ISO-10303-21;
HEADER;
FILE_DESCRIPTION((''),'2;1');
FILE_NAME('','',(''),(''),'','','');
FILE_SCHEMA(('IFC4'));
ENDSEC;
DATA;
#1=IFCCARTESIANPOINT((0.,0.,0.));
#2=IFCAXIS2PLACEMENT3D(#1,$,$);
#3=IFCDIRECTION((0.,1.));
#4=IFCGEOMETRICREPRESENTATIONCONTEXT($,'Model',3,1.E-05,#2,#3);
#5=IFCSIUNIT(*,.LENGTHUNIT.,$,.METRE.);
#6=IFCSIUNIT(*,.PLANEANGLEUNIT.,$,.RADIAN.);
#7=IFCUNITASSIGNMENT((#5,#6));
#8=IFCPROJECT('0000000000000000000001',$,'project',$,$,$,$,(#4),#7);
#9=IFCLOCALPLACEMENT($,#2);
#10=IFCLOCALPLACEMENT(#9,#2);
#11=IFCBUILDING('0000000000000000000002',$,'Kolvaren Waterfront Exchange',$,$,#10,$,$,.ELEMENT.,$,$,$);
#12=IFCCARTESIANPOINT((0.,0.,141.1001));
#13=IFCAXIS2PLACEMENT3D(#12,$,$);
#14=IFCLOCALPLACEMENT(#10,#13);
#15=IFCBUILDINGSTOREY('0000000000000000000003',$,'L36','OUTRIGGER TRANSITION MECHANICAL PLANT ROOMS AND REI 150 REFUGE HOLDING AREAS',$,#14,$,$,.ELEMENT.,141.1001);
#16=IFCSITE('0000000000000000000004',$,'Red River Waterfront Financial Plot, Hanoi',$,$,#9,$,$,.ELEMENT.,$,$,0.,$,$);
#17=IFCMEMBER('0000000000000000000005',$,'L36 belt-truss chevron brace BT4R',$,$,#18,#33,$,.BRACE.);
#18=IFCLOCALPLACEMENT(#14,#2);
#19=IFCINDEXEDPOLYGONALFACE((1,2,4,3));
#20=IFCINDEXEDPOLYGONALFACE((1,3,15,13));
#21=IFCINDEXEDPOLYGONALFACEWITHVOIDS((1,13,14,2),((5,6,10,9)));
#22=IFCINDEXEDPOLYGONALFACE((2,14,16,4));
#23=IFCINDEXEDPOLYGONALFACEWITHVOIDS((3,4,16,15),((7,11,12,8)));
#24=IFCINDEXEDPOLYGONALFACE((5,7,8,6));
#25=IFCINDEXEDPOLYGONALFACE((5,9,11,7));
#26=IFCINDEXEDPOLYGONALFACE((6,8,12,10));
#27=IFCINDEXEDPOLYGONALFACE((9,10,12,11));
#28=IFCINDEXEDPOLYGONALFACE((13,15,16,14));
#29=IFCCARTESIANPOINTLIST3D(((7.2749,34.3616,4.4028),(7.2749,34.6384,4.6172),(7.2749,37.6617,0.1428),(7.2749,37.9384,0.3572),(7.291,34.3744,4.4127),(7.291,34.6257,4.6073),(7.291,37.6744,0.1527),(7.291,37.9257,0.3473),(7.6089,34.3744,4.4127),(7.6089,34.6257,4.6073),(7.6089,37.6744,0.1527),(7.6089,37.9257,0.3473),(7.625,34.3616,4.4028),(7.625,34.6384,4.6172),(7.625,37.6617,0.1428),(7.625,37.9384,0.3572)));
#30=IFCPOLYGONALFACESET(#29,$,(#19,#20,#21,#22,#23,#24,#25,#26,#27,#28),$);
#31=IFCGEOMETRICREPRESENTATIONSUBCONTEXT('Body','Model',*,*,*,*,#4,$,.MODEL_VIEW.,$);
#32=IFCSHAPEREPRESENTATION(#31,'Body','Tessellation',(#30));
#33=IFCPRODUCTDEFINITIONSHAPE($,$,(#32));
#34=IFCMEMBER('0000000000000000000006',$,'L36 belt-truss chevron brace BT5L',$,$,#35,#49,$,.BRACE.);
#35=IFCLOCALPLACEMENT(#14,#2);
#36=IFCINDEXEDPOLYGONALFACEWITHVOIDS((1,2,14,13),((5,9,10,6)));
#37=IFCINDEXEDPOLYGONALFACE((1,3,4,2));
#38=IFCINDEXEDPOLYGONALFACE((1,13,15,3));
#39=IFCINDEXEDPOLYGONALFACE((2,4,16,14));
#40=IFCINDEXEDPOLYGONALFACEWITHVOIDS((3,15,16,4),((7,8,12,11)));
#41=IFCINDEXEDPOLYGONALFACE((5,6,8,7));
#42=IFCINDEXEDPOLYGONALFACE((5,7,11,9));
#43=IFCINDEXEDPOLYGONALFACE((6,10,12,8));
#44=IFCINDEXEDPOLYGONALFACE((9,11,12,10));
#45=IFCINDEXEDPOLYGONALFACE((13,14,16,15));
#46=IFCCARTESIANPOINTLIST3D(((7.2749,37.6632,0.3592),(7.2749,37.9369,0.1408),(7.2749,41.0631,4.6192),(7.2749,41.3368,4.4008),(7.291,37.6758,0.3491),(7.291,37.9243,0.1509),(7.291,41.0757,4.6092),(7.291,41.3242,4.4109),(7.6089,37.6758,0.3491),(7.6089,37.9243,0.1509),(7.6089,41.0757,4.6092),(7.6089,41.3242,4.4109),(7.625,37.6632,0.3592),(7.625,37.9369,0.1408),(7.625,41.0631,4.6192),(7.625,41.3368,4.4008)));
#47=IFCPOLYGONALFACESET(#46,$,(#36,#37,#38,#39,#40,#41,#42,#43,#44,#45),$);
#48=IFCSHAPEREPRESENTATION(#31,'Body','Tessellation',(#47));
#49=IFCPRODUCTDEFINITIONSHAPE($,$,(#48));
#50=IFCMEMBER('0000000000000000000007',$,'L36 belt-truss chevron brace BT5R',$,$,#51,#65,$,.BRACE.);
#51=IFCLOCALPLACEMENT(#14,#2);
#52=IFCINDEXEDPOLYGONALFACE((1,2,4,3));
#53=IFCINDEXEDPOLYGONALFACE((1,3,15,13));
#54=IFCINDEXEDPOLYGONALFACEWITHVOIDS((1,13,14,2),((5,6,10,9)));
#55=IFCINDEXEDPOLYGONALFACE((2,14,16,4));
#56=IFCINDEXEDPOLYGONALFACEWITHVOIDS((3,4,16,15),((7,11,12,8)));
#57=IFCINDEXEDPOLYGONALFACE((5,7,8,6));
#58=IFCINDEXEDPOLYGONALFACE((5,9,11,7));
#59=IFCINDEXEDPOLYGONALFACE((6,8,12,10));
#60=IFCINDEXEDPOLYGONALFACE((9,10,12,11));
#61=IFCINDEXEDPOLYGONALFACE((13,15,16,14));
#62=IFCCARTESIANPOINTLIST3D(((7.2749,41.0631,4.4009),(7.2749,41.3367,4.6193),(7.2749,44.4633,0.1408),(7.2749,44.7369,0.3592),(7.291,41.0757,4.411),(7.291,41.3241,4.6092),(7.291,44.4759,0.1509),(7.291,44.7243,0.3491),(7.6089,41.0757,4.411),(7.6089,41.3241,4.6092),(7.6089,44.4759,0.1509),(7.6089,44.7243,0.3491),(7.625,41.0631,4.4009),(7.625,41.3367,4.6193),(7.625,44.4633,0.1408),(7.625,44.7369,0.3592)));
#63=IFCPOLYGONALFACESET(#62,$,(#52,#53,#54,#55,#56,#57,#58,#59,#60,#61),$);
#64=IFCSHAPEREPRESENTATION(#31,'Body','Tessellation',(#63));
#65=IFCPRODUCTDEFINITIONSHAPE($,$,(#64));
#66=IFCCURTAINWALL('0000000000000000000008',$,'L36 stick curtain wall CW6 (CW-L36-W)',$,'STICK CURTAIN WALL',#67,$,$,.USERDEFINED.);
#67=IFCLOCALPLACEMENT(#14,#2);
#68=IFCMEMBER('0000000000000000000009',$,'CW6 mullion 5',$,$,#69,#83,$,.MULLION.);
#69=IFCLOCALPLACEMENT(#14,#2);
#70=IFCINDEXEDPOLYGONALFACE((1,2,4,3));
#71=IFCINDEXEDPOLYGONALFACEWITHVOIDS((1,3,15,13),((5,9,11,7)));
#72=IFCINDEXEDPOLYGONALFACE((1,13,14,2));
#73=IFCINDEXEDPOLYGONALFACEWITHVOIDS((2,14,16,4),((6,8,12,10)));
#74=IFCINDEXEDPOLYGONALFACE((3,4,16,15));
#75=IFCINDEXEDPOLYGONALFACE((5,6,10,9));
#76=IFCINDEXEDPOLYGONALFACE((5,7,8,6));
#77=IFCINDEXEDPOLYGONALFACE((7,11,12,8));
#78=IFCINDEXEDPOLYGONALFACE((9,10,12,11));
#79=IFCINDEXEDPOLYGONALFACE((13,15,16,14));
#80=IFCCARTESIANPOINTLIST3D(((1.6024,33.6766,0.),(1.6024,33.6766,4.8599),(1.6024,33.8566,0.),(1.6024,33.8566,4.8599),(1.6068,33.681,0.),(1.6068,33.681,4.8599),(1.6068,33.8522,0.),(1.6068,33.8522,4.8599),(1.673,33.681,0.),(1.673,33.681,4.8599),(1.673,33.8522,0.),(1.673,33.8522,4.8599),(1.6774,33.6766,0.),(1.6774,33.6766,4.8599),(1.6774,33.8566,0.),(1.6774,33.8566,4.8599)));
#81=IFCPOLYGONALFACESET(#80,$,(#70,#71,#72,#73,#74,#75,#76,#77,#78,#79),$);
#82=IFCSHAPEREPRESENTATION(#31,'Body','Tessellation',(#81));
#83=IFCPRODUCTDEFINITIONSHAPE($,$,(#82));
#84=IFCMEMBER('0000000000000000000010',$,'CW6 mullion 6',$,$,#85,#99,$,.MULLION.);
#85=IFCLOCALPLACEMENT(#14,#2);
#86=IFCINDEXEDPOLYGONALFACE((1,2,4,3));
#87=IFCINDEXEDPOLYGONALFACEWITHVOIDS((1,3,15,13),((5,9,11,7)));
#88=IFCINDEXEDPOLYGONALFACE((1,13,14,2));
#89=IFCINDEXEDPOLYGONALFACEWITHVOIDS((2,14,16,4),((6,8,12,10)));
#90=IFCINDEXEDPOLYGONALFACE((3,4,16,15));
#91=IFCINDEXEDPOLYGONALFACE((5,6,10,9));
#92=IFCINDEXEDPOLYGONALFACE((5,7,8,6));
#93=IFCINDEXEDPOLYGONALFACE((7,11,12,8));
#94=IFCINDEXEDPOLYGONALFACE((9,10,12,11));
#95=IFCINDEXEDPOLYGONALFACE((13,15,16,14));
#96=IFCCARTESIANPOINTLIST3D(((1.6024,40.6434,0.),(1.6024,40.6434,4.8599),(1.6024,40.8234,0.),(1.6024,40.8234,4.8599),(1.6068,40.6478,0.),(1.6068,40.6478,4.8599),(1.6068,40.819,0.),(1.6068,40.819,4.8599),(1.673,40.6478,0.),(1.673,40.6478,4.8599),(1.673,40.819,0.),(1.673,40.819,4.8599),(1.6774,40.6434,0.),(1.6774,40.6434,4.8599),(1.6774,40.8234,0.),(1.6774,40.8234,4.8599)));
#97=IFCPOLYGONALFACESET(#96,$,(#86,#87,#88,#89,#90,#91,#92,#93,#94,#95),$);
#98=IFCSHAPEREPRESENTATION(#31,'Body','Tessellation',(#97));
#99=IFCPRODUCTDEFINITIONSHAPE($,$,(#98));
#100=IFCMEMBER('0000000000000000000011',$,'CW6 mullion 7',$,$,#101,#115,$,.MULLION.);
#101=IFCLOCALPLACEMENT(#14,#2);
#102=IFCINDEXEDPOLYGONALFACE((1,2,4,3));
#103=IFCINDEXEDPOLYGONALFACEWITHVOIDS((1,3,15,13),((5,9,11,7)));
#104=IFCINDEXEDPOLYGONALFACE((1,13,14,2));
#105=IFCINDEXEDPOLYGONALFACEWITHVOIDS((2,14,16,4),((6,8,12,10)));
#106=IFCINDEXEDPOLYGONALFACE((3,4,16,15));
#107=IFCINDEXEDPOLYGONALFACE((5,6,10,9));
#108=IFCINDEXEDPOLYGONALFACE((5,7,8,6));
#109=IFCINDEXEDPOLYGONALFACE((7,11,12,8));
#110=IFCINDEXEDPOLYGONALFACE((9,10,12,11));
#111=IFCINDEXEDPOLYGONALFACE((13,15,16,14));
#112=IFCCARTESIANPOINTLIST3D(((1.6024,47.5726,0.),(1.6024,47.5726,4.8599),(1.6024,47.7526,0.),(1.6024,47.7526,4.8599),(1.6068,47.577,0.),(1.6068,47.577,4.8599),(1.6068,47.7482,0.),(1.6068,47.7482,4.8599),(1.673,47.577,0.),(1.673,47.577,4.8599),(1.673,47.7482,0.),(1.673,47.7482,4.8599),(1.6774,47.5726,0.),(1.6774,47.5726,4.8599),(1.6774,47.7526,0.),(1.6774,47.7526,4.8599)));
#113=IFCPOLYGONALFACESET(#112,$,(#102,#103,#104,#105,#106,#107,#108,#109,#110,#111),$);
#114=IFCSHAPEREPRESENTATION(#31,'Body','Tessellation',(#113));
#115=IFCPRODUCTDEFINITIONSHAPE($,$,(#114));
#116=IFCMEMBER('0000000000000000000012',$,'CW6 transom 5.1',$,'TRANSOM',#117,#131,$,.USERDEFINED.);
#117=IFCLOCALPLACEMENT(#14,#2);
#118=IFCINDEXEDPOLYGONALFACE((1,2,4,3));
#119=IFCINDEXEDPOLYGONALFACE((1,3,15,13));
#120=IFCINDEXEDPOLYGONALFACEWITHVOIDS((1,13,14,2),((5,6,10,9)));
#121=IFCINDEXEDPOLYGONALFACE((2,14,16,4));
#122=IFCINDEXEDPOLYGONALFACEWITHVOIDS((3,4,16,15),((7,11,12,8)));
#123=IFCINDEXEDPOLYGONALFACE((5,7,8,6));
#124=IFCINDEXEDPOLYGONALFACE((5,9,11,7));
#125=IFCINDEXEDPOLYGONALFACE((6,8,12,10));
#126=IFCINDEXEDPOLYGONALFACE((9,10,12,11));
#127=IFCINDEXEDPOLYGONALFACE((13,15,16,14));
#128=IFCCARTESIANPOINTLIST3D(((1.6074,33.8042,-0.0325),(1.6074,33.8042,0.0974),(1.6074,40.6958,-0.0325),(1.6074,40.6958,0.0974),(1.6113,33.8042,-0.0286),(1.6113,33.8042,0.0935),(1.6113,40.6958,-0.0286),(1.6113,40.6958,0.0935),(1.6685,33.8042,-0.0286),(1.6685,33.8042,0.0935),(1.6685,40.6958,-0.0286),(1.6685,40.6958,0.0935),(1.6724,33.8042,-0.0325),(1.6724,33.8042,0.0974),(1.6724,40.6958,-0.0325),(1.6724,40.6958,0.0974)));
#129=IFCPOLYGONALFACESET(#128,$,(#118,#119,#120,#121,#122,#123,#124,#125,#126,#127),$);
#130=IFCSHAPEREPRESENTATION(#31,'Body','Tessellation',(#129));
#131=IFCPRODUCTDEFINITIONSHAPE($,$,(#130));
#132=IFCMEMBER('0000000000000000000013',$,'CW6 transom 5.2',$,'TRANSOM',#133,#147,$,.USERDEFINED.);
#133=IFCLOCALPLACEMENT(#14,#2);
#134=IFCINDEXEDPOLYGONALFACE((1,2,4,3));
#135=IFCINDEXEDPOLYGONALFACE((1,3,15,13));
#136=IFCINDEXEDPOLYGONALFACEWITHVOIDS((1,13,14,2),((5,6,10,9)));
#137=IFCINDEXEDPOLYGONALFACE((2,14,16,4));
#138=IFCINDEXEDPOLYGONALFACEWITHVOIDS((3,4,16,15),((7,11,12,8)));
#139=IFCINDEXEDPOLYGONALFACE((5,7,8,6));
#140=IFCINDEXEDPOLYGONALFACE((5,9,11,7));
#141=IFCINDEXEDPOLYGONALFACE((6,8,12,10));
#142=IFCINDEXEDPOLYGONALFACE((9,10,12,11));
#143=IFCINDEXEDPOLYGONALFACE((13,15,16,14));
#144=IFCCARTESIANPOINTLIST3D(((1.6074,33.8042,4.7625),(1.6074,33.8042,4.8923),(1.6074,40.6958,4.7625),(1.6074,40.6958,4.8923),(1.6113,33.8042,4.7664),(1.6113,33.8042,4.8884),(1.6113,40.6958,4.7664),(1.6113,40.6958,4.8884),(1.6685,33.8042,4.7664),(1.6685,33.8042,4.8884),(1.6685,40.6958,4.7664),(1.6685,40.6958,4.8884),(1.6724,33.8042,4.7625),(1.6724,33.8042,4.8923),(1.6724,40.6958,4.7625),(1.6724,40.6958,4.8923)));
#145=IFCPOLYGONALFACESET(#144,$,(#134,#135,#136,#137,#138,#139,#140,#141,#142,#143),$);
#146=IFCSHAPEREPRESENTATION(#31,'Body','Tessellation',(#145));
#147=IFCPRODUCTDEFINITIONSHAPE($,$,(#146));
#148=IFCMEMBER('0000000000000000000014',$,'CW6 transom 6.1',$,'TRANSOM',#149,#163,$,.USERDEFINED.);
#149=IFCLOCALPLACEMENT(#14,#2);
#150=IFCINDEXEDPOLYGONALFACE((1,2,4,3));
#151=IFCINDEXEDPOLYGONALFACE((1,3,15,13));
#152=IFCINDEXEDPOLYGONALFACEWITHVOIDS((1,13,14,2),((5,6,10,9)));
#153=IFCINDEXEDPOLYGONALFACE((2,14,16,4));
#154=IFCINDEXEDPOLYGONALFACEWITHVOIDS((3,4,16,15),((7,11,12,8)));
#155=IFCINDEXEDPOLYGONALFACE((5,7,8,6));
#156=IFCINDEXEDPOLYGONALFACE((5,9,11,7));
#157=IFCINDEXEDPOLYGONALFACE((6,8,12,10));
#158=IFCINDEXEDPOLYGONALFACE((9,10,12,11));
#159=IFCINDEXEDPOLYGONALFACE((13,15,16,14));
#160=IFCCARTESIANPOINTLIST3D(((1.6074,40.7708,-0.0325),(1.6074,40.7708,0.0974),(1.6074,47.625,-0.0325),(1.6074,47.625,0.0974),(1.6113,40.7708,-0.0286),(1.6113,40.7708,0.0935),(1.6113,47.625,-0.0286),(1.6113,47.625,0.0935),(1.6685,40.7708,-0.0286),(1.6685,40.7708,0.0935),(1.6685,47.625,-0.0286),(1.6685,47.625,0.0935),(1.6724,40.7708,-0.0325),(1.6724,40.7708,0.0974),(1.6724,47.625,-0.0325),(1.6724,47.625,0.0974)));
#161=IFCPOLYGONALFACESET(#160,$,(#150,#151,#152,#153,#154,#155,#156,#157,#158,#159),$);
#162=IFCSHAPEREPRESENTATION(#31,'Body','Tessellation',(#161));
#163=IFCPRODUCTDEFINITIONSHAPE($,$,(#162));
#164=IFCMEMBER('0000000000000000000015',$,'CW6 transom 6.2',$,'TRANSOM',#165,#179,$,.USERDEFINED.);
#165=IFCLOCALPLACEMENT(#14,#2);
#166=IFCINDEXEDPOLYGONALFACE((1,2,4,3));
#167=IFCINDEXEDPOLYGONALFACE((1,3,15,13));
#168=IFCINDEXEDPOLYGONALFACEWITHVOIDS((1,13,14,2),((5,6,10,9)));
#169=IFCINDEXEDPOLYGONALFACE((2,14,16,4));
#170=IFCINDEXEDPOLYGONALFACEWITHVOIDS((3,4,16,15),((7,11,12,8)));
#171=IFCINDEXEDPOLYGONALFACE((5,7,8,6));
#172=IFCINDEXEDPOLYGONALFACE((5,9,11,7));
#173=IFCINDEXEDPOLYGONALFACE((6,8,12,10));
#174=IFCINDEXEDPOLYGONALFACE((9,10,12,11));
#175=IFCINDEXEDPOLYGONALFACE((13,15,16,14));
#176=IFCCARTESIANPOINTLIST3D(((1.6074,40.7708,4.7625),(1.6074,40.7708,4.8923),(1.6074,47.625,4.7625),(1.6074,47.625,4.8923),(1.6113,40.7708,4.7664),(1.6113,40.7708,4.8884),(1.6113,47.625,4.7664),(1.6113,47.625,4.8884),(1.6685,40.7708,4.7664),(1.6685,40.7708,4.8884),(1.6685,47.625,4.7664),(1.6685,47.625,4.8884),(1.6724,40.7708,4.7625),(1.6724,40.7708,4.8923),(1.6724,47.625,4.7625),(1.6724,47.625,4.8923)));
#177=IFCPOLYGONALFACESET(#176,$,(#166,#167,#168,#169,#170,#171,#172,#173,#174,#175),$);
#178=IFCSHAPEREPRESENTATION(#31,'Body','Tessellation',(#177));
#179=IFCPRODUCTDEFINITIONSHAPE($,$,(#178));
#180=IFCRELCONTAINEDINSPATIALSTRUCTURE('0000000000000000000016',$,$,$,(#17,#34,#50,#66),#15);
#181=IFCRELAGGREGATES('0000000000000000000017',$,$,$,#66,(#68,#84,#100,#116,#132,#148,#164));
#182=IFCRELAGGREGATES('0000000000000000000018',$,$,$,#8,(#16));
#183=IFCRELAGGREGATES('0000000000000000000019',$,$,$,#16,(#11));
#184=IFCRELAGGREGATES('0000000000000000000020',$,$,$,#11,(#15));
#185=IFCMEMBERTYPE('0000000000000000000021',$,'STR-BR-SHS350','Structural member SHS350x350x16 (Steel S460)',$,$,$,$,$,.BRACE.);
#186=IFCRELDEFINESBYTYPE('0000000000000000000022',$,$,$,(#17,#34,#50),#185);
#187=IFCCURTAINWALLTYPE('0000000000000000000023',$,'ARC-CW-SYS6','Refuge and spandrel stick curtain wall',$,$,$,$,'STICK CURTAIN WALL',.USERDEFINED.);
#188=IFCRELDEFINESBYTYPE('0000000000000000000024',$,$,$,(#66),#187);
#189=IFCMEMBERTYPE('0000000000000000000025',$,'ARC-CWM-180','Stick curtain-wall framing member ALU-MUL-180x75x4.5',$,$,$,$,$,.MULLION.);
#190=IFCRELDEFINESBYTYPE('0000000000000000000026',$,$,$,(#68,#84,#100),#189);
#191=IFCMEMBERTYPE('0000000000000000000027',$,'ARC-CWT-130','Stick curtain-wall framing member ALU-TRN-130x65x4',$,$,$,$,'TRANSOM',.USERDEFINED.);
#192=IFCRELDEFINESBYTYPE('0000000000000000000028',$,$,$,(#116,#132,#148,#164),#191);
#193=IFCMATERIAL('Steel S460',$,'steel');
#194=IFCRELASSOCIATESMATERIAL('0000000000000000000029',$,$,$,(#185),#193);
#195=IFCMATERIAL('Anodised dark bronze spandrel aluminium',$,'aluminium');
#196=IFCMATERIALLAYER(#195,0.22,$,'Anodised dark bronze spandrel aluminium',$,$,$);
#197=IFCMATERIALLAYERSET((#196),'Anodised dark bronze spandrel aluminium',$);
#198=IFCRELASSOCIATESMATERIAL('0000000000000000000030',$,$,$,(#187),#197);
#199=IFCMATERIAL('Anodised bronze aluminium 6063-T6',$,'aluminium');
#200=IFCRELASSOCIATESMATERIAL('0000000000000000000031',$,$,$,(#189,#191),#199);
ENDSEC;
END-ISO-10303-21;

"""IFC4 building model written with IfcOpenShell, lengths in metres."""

from ifc_helpers import new_model, si_unit, direction, frame, origin, origin_with_axes, origin_2d, place, context, subcontext, project, spatial, hollow_rectangle, extrude, source, transform, mapped, material, layer, layer_set, material_profile, profile_set, type_object, element, aggregate, save


model = new_model("IFC4")

# Units and contexts
model_context = context("Model", 3, precision=1e-05, world=origin(), true_north=direction((0.0, 1.0)))
body_context = subcontext(model_context, "Body", "Model", "MODEL_VIEW")
ifc_project = project(units=[si_unit("LENGTHUNIT", "METRE"), si_unit("PLANEANGLEUNIT", "RADIAN")], contexts=[model_context])

# Site, building, storey
site_placement = place(None, origin())
site = spatial("IfcSite", under=ifc_project, at=site_placement, Name="Red River Waterfront Financial Plot, Hanoi", CompositionType="ELEMENT", RefElevation=0.0)
building_placement = place(site_placement, origin())
building = spatial("IfcBuilding", under=site, at=building_placement, Name="Kolvaren Waterfront Exchange", CompositionType="ELEMENT")
storey_placement = place(building_placement, frame((0.0, 0.0, 141.1001)))
storey = spatial("IfcBuildingStorey", under=building, at=storey_placement, Name="L36", Description="OUTRIGGER TRANSITION MECHANICAL PLANT ROOMS AND REI 150 REFUGE HOLDING AREAS", CompositionType="ELEMENT", Elevation=141.1001)

# Members
ifc_material_1 = material(Name="Steel S460", Category="steel")
ifc_material_profile_1 = material_profile(ifc_material_1, hollow_rectangle(XDim=0.3501, YDim=0.3501, WallThickness=0.0161, at=origin_2d()), Name="SHS350x350x16")
ifc_profile_set_1 = profile_set([ifc_material_profile_1], Name="Steel S460")
member_type_1 = type_object("IfcMemberType", Name="STR-BR-SHS350", Description="Structural member SHS350x350x16 (Steel S460)", PredefinedType="BRACE", material=ifc_profile_set_1)
member_1_placement = place(storey_placement, frame((7.45, 37.8, 0.25), z_axis=(0.0, -0.612403, 0.790546), x_axis=(1.0, 0.0, 0.0)))
element("IfcMember", 1, at=member_1_placement, inside=storey, type_object=member_type_1, Name="L36 belt-truss chevron brace BT4R", PredefinedType="BRACE", context=body_context, shape_type="SweptSolid", body=[
    extrude(hollow_rectangle(XDim=0.3501, YDim=0.3501, WallThickness=0.0161, at=origin_2d()), origin(), (0.0, 0.0, 1.0), 5.3887),
])
member_2_placement = place(storey_placement, frame((7.45, 37.8, 0.25), z_axis=(0.0, 0.623788, 0.781594), x_axis=(-1.0, 0.0, 0.0)))
element("IfcMember", 2, at=member_2_placement, inside=storey, type_object=member_type_1, Name="L36 belt-truss chevron brace BT5L", PredefinedType="BRACE", context=body_context, shape_type="SweptSolid", body=[
    extrude(hollow_rectangle(XDim=0.3501, YDim=0.3501, WallThickness=0.0161, at=origin_2d()), origin(), (0.0, 0.0, 1.0), 5.4504),
])
member_3_placement = place(storey_placement, frame((7.45, 44.6001, 0.25), z_axis=(0.0, -0.623815, 0.781572), x_axis=(1.0, 0.0, 0.0)))
element("IfcMember", 3, at=member_3_placement, inside=storey, type_object=member_type_1, Name="L36 belt-truss chevron brace BT5R", PredefinedType="BRACE", context=body_context, shape_type="SweptSolid", body=[
    extrude(hollow_rectangle(XDim=0.3501, YDim=0.3501, WallThickness=0.0161, at=origin_2d()), origin(), (0.0, 0.0, 1.0), 5.4507),
])

# Curtain wall, members
ifc_material_2 = material(Name="Anodised dark bronze spandrel aluminium", Category="aluminium")
ifc_layer_1 = layer(ifc_material_2, 0.22, Name="Anodised dark bronze spandrel aluminium")
ifc_layer_set_1 = layer_set([ifc_layer_1], Name="Anodised dark bronze spandrel aluminium")
curtain_wall_type = type_object("IfcCurtainWallType", Name="ARC-CW-SYS6", Description="Refuge and spandrel stick curtain wall", ElementType="STICK CURTAIN WALL", PredefinedType="USERDEFINED", material=ifc_layer_set_1)
curtain_wall_placement = place(storey_placement, origin())
curtain_wall = element("IfcCurtainWall", 4, at=curtain_wall_placement, inside=storey, type_object=curtain_wall_type, Name="L36 stick curtain wall CW6 (CW-L36-W)", ObjectType="STICK CURTAIN WALL", PredefinedType="USERDEFINED")
ifc_material_3 = material(Name="Anodised bronze aluminium 6063-T6", Category="aluminium")
ifc_material_profile_2 = material_profile(ifc_material_3, hollow_rectangle(XDim=0.075, YDim=0.1799, WallThickness=0.0044, at=origin_2d()), Name="ALU-MUL-180x75x4.5")
ifc_profile_set_2 = profile_set([ifc_material_profile_2], Name="Anodised bronze aluminium 6063-T6")
member_type_2 = type_object("IfcMemberType", Name="ARC-CWM-180", Description="Stick curtain-wall framing member ALU-MUL-180x75x4.5", PredefinedType="MULLION", material=ifc_profile_set_2)
shared_shape_1 = source(origin_with_axes(), body_context, "Body", "SweptSolid", [
    extrude(hollow_rectangle(XDim=0.075, YDim=0.1799, WallThickness=0.0044, at=origin_2d()), origin(), (0.0, 0.0, 1.0), 4.8599),
])
member_4_placement = place(storey_placement, frame((1.6399, 33.7666, 0.0), z_axis=(0.0, 0.0, 1.0), x_axis=(-1.0, 0.0, 0.0)))
member_4 = element("IfcMember", 5, at=member_4_placement, type_object=member_type_2, Name="CW6 mullion 5", PredefinedType="MULLION", context=body_context, shape_type="MappedRepresentation", body=[
    mapped(shared_shape_1, transform((0.0, 0.0, 0.0), x_axis=(1.0, 0.0, 0.0), y_axis=(0.0, 1.0, 0.0), z_axis=(0.0, 0.0, 1.0), scale=1.0)),
])
member_5_placement = place(storey_placement, frame((1.6399, 40.7334, 0.0), z_axis=(0.0, 0.0, 1.0), x_axis=(-1.0, 0.0, 0.0)))
member_5 = element("IfcMember", 6, at=member_5_placement, type_object=member_type_2, Name="CW6 mullion 6", PredefinedType="MULLION", context=body_context, shape_type="MappedRepresentation", body=[
    mapped(shared_shape_1, transform((0.0, 0.0, 0.0), x_axis=(1.0, 0.0, 0.0), y_axis=(0.0, 1.0, 0.0), z_axis=(0.0, 0.0, 1.0), scale=1.0)),
])
member_6_placement = place(storey_placement, frame((1.6399, 47.6626, 0.0), z_axis=(0.0, 0.0, 1.0), x_axis=(-1.0, 0.0, 0.0)))
member_6 = element("IfcMember", 7, at=member_6_placement, type_object=member_type_2, Name="CW6 mullion 7", PredefinedType="MULLION", context=body_context, shape_type="MappedRepresentation", body=[
    mapped(shared_shape_1, transform((0.0, 0.0, 0.0), x_axis=(1.0, 0.0, 0.0), y_axis=(0.0, 1.0, 0.0), z_axis=(0.0, 0.0, 1.0), scale=1.0)),
])
ifc_material_profile_3 = material_profile(ifc_material_3, hollow_rectangle(XDim=0.0649, YDim=0.1299, WallThickness=0.0039, at=origin_2d()), Name="ALU-TRN-130x65x4")
ifc_profile_set_3 = profile_set([ifc_material_profile_3], Name="Anodised bronze aluminium 6063-T6")
member_type_3 = type_object("IfcMemberType", Name="ARC-CWT-130", Description="Stick curtain-wall framing member ALU-TRN-130x65x4", ElementType="TRANSOM", PredefinedType="USERDEFINED", material=ifc_profile_set_3)
shared_shape_2 = source(origin_with_axes(), body_context, "Body", "SweptSolid", [
    extrude(hollow_rectangle(XDim=0.0649, YDim=0.1299, WallThickness=0.0039, at=origin_2d()), origin(), (0.0, 0.0, 1.0), 6.8916),
])
member_7_placement = place(storey_placement, frame((1.6399, 33.8042, 0.0325), z_axis=(0.0, 1.0, 0.0), x_axis=(-1.0, 0.0, 0.0)))
member_7 = element("IfcMember", 8, at=member_7_placement, type_object=member_type_3, Name="CW6 transom 5.1", ObjectType="TRANSOM", PredefinedType="USERDEFINED", context=body_context, shape_type="MappedRepresentation", body=[
    mapped(shared_shape_2, transform((0.0, 0.0, 0.0), x_axis=(1.0, 0.0, 0.0), y_axis=(0.0, 1.0, 0.0), z_axis=(0.0, 0.0, 1.0), scale=1.0)),
])
member_8_placement = place(storey_placement, frame((1.6399, 33.8042, 4.8274), z_axis=(0.0, 1.0, 0.0), x_axis=(-1.0, 0.0, 0.0)))
member_8 = element("IfcMember", 9, at=member_8_placement, type_object=member_type_3, Name="CW6 transom 5.2", ObjectType="TRANSOM", PredefinedType="USERDEFINED", context=body_context, shape_type="MappedRepresentation", body=[
    mapped(shared_shape_2, transform((0.0, 0.0, 0.0), x_axis=(1.0, 0.0, 0.0), y_axis=(0.0, 1.0, 0.0), z_axis=(0.0, 0.0, 1.0), scale=1.0)),
])
shared_shape_3 = source(origin_with_axes(), body_context, "Body", "SweptSolid", [
    extrude(hollow_rectangle(XDim=0.0649, YDim=0.1299, WallThickness=0.0039, at=origin_2d()), origin(), (0.0, 0.0, 1.0), 6.8542),
])
member_9_placement = place(storey_placement, frame((1.6399, 40.7708, 0.0325), z_axis=(0.0, 1.0, 0.0), x_axis=(-1.0, 0.0, 0.0)))
member_9 = element("IfcMember", 10, at=member_9_placement, type_object=member_type_3, Name="CW6 transom 6.1", ObjectType="TRANSOM", PredefinedType="USERDEFINED", context=body_context, shape_type="MappedRepresentation", body=[
    mapped(shared_shape_3, transform((0.0, 0.0, 0.0), x_axis=(1.0, 0.0, 0.0), y_axis=(0.0, 1.0, 0.0), z_axis=(0.0, 0.0, 1.0), scale=1.0)),
])
member_10_placement = place(storey_placement, frame((1.6399, 40.7708, 4.8274), z_axis=(0.0, 1.0, 0.0), x_axis=(-1.0, 0.0, 0.0)))
member_10 = element("IfcMember", 11, at=member_10_placement, type_object=member_type_3, Name="CW6 transom 6.2", ObjectType="TRANSOM", PredefinedType="USERDEFINED", context=body_context, shape_type="MappedRepresentation", body=[
    mapped(shared_shape_3, transform((0.0, 0.0, 0.0), x_axis=(1.0, 0.0, 0.0), y_axis=(0.0, 1.0, 0.0), z_axis=(0.0, 0.0, 1.0), scale=1.0)),
])

aggregate(curtain_wall, [member_4, member_5, member_6, member_7, member_8, member_9, member_10])

save(model, "model.ifc")
